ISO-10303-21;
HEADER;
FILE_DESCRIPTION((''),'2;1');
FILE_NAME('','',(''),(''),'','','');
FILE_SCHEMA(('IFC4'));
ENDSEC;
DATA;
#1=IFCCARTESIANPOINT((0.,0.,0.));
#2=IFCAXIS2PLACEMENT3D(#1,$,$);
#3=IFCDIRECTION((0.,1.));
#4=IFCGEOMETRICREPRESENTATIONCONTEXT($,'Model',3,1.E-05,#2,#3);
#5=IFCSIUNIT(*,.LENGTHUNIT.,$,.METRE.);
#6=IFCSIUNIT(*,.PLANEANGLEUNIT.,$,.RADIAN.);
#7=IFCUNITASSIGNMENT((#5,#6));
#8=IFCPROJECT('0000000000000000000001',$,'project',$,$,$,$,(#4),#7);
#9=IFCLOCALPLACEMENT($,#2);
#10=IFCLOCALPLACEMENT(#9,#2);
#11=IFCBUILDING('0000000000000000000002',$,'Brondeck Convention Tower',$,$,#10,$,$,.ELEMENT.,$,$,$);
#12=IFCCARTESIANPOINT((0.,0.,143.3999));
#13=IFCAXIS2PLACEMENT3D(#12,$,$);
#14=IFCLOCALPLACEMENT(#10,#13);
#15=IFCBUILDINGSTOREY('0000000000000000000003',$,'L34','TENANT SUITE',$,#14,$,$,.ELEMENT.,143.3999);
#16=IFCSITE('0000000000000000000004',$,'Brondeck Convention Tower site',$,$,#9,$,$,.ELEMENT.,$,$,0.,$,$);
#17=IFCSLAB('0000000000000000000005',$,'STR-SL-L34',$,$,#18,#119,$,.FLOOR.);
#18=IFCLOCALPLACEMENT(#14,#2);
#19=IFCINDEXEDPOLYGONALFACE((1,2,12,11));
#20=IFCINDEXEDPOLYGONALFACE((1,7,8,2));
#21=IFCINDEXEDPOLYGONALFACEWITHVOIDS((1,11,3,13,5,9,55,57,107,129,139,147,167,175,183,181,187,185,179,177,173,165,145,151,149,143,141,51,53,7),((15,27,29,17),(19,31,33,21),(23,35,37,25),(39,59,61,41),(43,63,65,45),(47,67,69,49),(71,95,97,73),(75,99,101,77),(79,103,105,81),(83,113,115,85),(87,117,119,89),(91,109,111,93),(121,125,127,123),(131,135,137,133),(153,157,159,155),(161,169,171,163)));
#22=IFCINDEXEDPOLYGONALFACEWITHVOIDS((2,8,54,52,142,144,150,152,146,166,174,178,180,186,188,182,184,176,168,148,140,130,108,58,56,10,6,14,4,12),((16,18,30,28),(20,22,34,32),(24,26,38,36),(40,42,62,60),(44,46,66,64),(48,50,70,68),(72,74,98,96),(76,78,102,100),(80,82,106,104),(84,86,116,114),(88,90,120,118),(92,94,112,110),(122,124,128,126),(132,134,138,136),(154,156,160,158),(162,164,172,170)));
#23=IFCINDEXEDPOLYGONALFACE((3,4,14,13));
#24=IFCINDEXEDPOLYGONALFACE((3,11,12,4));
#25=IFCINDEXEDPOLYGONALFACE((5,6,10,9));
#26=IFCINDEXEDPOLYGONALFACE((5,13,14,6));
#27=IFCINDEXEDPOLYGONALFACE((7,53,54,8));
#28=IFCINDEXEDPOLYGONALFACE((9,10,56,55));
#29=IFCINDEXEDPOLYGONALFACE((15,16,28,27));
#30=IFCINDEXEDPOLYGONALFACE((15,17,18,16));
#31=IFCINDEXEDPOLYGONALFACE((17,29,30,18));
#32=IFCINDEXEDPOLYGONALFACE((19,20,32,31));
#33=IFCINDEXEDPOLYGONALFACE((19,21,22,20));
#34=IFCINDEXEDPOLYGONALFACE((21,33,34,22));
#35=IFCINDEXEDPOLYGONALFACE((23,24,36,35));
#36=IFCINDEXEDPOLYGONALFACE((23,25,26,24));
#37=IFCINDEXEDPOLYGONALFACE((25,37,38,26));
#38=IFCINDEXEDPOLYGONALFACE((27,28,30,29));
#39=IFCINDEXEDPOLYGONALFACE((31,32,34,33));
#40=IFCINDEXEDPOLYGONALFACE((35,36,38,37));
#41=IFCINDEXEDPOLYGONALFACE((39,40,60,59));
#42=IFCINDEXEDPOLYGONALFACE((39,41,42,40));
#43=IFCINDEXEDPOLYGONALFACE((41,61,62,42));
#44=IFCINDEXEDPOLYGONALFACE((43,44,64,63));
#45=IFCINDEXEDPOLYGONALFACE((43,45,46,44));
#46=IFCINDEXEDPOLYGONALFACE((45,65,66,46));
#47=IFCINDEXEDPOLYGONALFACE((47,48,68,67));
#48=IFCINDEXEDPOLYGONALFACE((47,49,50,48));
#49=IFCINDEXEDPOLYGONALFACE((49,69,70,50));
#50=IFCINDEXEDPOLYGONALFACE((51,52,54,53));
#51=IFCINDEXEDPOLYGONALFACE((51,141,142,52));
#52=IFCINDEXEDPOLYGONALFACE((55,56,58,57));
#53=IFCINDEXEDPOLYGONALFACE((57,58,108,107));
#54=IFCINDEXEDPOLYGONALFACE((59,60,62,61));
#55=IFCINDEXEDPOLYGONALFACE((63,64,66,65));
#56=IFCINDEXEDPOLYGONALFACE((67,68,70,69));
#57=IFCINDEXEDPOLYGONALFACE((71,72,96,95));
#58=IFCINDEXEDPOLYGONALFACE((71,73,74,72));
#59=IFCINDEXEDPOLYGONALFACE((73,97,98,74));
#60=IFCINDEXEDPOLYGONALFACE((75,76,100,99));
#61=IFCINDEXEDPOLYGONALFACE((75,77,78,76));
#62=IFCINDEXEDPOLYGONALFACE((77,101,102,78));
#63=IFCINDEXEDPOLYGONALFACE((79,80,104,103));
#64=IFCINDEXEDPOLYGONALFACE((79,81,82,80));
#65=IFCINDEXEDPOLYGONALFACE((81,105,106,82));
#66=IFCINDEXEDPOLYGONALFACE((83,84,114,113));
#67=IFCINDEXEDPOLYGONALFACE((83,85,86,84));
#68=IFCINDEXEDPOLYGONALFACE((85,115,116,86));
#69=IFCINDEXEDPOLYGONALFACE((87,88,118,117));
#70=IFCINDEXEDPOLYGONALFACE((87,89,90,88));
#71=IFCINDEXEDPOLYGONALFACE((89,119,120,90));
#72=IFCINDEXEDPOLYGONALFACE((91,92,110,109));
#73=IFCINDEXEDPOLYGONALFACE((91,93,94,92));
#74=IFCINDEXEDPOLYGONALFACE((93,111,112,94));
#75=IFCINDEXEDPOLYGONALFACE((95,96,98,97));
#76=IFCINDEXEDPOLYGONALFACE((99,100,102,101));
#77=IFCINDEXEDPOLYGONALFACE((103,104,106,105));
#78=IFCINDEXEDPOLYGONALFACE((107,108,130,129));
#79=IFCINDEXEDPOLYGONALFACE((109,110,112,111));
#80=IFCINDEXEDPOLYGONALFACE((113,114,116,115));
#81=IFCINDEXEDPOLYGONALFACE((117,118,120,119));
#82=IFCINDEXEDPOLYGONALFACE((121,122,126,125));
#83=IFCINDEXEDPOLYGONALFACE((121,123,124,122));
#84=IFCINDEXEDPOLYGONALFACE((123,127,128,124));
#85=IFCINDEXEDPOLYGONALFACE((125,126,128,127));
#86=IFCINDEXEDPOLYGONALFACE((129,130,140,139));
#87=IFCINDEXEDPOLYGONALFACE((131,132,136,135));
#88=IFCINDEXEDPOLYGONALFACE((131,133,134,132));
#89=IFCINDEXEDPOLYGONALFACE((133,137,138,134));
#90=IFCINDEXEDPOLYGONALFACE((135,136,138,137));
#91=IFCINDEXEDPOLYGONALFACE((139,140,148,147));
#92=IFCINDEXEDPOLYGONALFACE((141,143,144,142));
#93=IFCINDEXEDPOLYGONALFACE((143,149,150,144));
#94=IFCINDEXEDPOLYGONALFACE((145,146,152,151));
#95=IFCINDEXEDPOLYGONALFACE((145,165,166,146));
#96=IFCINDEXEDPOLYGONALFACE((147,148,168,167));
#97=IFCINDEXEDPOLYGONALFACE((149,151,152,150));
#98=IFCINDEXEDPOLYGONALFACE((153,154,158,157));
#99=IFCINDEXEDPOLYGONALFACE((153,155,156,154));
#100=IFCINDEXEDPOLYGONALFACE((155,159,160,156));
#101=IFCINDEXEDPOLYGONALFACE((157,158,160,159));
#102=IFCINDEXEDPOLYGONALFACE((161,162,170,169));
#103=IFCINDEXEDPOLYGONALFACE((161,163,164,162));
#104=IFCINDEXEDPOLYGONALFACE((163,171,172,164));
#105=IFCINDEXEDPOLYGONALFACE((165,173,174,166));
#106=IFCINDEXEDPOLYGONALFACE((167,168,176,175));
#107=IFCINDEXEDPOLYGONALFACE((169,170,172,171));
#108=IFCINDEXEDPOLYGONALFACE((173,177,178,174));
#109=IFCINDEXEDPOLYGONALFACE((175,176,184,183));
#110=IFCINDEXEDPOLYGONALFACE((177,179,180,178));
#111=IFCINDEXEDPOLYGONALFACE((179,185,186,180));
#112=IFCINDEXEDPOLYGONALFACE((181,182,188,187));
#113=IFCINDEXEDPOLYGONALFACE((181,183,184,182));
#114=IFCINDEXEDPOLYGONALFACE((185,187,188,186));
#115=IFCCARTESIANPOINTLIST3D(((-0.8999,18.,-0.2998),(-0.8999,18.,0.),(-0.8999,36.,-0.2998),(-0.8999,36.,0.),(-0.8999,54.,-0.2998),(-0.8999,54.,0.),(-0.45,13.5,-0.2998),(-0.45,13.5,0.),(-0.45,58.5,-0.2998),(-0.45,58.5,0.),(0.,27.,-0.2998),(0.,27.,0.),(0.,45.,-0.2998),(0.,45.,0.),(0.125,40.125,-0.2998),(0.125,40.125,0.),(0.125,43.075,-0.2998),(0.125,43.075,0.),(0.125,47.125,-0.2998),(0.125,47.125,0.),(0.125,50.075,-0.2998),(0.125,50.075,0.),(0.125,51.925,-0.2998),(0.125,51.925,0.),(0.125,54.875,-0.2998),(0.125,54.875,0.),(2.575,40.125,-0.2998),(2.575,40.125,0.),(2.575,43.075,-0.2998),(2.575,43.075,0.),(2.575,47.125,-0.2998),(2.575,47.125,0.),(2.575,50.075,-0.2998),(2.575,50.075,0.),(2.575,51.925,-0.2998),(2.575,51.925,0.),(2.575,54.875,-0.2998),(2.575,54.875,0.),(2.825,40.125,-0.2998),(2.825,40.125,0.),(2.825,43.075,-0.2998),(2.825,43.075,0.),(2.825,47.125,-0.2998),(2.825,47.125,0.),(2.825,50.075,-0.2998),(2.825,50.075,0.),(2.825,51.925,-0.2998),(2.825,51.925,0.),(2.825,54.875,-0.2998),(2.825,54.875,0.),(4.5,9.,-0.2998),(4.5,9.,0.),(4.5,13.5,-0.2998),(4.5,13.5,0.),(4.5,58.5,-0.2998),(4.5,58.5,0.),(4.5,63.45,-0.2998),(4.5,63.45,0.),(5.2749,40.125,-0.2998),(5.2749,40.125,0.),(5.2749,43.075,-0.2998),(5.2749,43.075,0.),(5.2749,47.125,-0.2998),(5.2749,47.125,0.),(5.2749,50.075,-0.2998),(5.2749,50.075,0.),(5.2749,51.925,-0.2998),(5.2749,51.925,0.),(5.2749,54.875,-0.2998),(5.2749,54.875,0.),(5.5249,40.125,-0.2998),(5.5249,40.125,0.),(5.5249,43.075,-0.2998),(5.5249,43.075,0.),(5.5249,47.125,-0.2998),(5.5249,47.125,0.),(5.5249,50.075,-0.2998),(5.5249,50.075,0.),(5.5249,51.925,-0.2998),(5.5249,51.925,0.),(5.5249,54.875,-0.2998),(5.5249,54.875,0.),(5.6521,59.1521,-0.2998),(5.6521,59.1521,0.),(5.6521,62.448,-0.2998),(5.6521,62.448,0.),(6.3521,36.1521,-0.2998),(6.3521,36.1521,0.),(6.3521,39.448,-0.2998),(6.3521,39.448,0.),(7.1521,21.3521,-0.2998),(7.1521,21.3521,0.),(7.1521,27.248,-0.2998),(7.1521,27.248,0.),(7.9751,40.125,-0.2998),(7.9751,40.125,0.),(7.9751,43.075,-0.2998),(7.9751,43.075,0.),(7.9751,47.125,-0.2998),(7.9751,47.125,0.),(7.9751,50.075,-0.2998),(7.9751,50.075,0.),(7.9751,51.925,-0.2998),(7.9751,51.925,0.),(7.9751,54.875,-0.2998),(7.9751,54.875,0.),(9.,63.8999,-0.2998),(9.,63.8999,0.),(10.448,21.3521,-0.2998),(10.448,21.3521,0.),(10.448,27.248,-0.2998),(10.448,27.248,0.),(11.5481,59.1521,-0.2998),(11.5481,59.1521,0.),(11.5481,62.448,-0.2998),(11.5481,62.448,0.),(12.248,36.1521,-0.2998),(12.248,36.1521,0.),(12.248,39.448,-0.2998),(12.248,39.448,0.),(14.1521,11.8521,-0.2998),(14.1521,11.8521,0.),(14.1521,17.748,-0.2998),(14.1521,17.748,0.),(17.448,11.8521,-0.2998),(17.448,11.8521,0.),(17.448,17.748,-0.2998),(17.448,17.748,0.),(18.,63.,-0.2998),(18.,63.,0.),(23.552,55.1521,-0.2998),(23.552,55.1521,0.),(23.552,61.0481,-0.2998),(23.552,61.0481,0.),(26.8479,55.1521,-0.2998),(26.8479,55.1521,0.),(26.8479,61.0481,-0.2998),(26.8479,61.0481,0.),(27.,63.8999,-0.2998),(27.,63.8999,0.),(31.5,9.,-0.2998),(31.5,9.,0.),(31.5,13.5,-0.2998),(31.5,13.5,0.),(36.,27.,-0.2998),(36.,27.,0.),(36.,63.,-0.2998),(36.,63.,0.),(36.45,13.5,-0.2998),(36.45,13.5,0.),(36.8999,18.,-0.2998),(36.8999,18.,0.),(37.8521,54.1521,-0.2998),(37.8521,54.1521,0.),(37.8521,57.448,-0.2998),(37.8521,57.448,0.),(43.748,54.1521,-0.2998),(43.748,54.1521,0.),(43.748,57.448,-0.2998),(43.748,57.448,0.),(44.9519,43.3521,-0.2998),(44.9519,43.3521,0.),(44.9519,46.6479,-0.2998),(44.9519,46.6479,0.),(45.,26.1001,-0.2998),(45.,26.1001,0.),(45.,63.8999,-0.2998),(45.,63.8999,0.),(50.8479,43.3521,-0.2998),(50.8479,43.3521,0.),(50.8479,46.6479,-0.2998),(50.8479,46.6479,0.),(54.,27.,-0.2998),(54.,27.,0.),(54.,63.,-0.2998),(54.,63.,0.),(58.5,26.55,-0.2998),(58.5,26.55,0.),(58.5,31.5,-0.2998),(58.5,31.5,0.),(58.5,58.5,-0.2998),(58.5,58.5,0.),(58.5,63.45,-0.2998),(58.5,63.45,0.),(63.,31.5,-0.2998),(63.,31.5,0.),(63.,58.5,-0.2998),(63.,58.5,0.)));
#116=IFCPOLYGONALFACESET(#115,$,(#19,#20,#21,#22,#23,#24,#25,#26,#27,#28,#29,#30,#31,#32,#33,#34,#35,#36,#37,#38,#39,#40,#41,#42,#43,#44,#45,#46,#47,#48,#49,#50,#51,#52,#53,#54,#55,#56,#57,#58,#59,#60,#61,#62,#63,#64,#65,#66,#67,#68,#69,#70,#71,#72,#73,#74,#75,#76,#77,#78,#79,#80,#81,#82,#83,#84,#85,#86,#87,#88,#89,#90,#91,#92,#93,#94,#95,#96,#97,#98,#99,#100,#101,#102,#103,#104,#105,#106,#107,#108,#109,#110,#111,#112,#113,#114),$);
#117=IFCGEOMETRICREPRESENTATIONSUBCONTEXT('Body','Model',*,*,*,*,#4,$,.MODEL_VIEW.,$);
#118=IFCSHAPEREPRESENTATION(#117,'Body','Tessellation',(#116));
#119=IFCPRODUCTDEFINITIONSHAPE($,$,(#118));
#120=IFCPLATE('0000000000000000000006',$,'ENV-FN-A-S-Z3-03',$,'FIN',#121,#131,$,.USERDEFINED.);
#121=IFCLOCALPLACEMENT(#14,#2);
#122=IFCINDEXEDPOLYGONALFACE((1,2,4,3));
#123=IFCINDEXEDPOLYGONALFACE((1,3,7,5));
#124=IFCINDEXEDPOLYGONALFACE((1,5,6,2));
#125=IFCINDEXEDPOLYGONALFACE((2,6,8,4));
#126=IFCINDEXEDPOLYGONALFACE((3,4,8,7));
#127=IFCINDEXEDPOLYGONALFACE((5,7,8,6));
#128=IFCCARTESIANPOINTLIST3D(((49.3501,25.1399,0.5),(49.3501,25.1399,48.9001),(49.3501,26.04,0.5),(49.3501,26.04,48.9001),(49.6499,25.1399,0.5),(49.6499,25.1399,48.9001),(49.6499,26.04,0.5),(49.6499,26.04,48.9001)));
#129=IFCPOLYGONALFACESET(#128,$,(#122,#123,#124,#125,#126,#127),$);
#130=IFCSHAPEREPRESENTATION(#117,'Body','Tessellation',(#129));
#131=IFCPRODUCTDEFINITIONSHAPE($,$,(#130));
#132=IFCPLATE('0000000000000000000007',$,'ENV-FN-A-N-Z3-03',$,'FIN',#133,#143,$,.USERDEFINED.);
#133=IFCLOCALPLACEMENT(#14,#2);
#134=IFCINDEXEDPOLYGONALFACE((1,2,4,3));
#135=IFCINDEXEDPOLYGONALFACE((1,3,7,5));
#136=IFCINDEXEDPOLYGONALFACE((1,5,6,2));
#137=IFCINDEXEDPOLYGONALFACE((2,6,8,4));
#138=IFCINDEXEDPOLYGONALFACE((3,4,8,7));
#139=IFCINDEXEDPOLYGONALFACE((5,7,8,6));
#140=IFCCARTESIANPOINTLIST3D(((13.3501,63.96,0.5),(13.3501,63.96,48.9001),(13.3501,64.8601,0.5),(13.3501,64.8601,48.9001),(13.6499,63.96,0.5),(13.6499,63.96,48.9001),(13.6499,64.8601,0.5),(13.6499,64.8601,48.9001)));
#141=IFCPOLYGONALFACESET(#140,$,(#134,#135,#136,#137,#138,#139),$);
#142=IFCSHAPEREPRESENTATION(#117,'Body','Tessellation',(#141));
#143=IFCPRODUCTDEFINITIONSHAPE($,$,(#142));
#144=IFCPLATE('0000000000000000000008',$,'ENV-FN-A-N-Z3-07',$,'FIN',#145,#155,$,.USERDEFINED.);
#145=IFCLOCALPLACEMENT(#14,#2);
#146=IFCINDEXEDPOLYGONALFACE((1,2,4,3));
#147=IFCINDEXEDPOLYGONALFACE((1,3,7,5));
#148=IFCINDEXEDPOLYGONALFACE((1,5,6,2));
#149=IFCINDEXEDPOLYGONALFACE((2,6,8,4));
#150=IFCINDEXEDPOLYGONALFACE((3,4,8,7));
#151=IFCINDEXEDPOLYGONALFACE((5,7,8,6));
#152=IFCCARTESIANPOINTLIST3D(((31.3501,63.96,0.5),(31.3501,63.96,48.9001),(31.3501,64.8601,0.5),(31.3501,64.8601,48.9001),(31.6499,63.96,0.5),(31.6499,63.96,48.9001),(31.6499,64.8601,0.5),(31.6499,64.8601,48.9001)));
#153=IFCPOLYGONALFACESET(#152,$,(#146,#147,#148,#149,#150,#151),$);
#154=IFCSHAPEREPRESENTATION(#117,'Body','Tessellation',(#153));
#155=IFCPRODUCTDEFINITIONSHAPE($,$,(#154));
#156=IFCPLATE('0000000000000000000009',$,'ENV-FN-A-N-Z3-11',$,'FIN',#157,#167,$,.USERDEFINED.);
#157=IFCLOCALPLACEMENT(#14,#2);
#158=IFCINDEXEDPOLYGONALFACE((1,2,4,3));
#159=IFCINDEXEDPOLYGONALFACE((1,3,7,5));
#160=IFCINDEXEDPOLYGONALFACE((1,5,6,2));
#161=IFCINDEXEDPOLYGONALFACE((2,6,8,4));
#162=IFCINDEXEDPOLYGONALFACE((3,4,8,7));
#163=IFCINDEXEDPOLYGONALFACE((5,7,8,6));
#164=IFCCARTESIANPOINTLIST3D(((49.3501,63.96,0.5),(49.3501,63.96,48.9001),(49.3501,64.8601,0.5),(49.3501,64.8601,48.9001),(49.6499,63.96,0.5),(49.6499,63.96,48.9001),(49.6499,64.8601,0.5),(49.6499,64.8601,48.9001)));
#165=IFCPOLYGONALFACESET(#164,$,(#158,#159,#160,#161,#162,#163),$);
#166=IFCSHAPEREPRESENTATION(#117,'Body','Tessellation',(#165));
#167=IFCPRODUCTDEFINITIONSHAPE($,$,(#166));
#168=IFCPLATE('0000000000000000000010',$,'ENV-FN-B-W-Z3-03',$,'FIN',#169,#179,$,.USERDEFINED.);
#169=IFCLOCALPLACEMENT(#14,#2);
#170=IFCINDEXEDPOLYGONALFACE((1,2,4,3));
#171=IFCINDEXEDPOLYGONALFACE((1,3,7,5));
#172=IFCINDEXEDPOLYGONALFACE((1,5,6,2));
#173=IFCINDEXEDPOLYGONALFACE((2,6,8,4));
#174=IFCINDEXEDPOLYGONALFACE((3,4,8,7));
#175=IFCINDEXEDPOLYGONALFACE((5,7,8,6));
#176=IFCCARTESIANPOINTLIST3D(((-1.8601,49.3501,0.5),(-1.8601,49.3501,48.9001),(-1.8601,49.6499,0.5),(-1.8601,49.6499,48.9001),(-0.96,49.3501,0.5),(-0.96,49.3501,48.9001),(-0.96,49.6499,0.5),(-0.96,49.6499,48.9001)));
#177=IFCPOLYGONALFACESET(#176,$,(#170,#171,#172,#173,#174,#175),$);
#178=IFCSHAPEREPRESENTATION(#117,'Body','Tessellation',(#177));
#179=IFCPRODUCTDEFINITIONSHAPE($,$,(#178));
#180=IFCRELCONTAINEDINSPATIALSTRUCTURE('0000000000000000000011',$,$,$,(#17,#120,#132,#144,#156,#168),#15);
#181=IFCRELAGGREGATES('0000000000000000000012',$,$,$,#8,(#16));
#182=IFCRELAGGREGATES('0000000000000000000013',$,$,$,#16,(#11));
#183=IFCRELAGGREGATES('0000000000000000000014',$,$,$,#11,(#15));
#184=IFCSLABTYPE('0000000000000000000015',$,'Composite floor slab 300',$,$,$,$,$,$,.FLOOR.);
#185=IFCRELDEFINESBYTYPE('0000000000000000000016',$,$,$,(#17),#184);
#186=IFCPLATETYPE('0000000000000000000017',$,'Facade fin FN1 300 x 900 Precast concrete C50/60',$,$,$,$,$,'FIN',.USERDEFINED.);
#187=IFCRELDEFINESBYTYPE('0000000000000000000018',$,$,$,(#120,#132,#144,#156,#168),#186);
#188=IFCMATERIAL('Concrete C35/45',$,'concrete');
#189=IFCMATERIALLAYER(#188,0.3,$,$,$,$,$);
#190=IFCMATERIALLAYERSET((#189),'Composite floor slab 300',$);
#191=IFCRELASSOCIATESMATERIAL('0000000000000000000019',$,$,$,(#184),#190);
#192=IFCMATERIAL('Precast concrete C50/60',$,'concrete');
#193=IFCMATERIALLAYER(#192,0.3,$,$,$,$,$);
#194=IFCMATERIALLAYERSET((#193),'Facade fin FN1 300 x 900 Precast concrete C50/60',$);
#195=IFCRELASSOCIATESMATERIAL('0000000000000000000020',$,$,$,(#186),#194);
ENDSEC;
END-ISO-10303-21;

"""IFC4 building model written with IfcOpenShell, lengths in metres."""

from ifc_helpers import new_model, si_unit, direction, frame, origin, place, context, subcontext, project, spatial, polyline, outline, extrude, material, layer, layer_set, type_object, element, save


model = new_model("IFC4")

# Units and contexts
model_context = context("Model", 3, precision=1e-05, world=origin(), true_north=direction((0.0, 1.0)))
body_context = subcontext(model_context, "Body", "Model", "MODEL_VIEW")
ifc_project = project(units=[si_unit("LENGTHUNIT", "METRE"), si_unit("PLANEANGLEUNIT", "RADIAN")], contexts=[model_context])

# Site, building, storey
site_placement = place(None, origin())
site = spatial("IfcSite", under=ifc_project, at=site_placement, Name="Brondeck Convention Tower site", CompositionType="ELEMENT", RefElevation=0.0)
building_placement = place(site_placement, origin())
building = spatial("IfcBuilding", under=site, at=building_placement, Name="Brondeck Convention Tower", CompositionType="ELEMENT")
storey_placement = place(building_placement, frame((0.0, 0.0, 143.3999)))
storey = spatial("IfcBuildingStorey", under=building, at=storey_placement, Name="L34", Description="TENANT SUITE", CompositionType="ELEMENT", Elevation=143.3999)

# Slab
ifc_material_1 = material(Name="Concrete C35/45", Category="concrete")
ifc_layer_1 = layer(ifc_material_1, 0.3)
ifc_layer_set_1 = layer_set([ifc_layer_1], Name="Composite floor slab 300")
slab_type_1 = type_object("IfcSlabType", Name="Composite floor slab 300", PredefinedType="FLOOR", material=ifc_layer_set_1)
slab_1_placement = place(storey_placement, frame((0.0, 0.0, -0.2998)))
element("IfcSlab", 1, at=slab_1_placement, inside=storey, type_object=slab_type_1, Name="STR-SL-L34", PredefinedType="FLOOR", context=body_context, shape_type="SweptSolid", body=[
    extrude(outline(polyline([(4.5, 13.5), (-0.45, 13.5), (-0.8999, 18.0), (0.0, 27.0), (-0.8999, 36.0), (0.0, 45.0), (-0.8999, 54.0), (-0.45, 58.5), (4.5, 58.5), (4.5, 63.45), (9.0, 63.8999), (18.0, 63.0), (27.0, 63.8999), (36.0, 63.0), (45.0, 63.8999), (54.0, 63.0), (58.5, 63.45), (58.5, 58.5), (63.0, 58.5), (63.0, 31.5), (58.5, 31.5), (58.5, 26.55), (54.0, 27.0), (45.0, 26.1001), (36.0, 27.0), (36.8999, 18.0), (36.45, 13.5), (31.5, 13.5), (31.5, 9.0), (4.5, 9.0), (4.5, 13.5)]), holes=[polyline([(2.575, 40.125), (2.575, 43.075), (0.125, 43.075), (0.125, 40.125), (2.575, 40.125)]), polyline([(5.2749, 40.125), (5.2749, 43.075), (2.825, 43.075), (2.825, 40.125), (5.2749, 40.125)]), polyline([(7.9751, 40.125), (7.9751, 43.075), (5.5249, 43.075), (5.5249, 40.125), (7.9751, 40.125)]), polyline([(2.575, 47.125), (2.575, 50.075), (0.125, 50.075), (0.125, 47.125), (2.575, 47.125)]), polyline([(5.2749, 47.125), (5.2749, 50.075), (2.825, 50.075), (2.825, 47.125), (5.2749, 47.125)]), polyline([(7.9751, 47.125), (7.9751, 50.075), (5.5249, 50.075), (5.5249, 47.125), (7.9751, 47.125)]), polyline([(2.575, 51.925), (2.575, 54.875), (0.125, 54.875), (0.125, 51.925), (2.575, 51.925)]), polyline([(5.2749, 51.925), (5.2749, 54.875), (2.825, 54.875), (2.825, 51.925), (5.2749, 51.925)]), polyline([(17.448, 17.748), (14.1521, 17.748), (14.1521, 11.8521), (17.448, 11.8521), (17.448, 17.748)]), polyline([(10.448, 27.248), (7.1521, 27.248), (7.1521, 21.3521), (10.448, 21.3521), (10.448, 27.248)]), polyline([(12.248, 36.1521), (12.248, 39.448), (6.3521, 39.448), (6.3521, 36.1521), (12.248, 36.1521)]), polyline([(50.8479, 43.3521), (50.8479, 46.6479), (44.9519, 46.6479), (44.9519, 43.3521), (50.8479, 43.3521)]), polyline([(7.9751, 51.925), (7.9751, 54.875), (5.5249, 54.875), (5.5249, 51.925), (7.9751, 51.925)]), polyline([(43.748, 54.1521), (43.748, 57.448), (37.8521, 57.448), (37.8521, 54.1521), (43.748, 54.1521)]), polyline([(23.552, 55.1521), (26.8479, 55.1521), (26.8479, 61.0481), (23.552, 61.0481), (23.552, 55.1521)]), polyline([(5.6521, 62.448), (5.6521, 59.1521), (11.5481, 59.1521), (11.5481, 62.448), (5.6521, 62.448)])]), origin(), (0.0, 0.0, 1.0), 0.2998),
])

# Plates
ifc_material_2 = material(Name="Precast concrete C50/60", Category="concrete")
ifc_layer_2 = layer(ifc_material_2, 0.3)
ifc_layer_set_2 = layer_set([ifc_layer_2], Name="Facade fin FN1 300 x 900 Precast concrete C50/60")
plate_type_1 = type_object("IfcPlateType", Name="Facade fin FN1 300 x 900 Precast concrete C50/60", ElementType="FIN", PredefinedType="USERDEFINED", material=ifc_layer_set_2)
plate_1_placement = place(storey_placement, frame((0.0, 0.0, 0.5)))
element("IfcPlate", 2, at=plate_1_placement, inside=storey, type_object=plate_type_1, Name="ENV-FN-A-S-Z3-03", ObjectType="FIN", PredefinedType="USERDEFINED", context=body_context, shape_type="SweptSolid", body=[
    extrude(outline(polyline([(49.6499, 25.1399), (49.6499, 26.04), (49.3501, 26.04), (49.3501, 25.1399), (49.6499, 25.1399)])), origin(), (0.0, 0.0, 1.0), 48.4001),
])
plate_2_placement = place(storey_placement, frame((0.0, 0.0, 0.5)))
element("IfcPlate", 3, at=plate_2_placement, inside=storey, type_object=plate_type_1, Name="ENV-FN-A-N-Z3-03", ObjectType="FIN", PredefinedType="USERDEFINED", context=body_context, shape_type="SweptSolid", body=[
    extrude(outline(polyline([(13.3501, 64.8601), (13.3501, 63.96), (13.6499, 63.96), (13.6499, 64.8601), (13.3501, 64.8601)])), origin(), (0.0, 0.0, 1.0), 48.4001),
])
plate_3_placement = place(storey_placement, frame((0.0, 0.0, 0.5)))
element("IfcPlate", 4, at=plate_3_placement, inside=storey, type_object=plate_type_1, Name="ENV-FN-A-N-Z3-07", ObjectType="FIN", PredefinedType="USERDEFINED", context=body_context, shape_type="SweptSolid", body=[
    extrude(outline(polyline([(31.3501, 64.8601), (31.3501, 63.96), (31.6499, 63.96), (31.6499, 64.8601), (31.3501, 64.8601)])), origin(), (0.0, 0.0, 1.0), 48.4001),
])
plate_4_placement = place(storey_placement, frame((0.0, 0.0, 0.5)))
element("IfcPlate", 5, at=plate_4_placement, inside=storey, type_object=plate_type_1, Name="ENV-FN-A-N-Z3-11", ObjectType="FIN", PredefinedType="USERDEFINED", context=body_context, shape_type="SweptSolid", body=[
    extrude(outline(polyline([(49.3501, 64.8601), (49.3501, 63.96), (49.6499, 63.96), (49.6499, 64.8601), (49.3501, 64.8601)])), origin(), (0.0, 0.0, 1.0), 48.4001),
])
plate_5_placement = place(storey_placement, frame((0.0, 0.0, 0.5)))
element("IfcPlate", 6, at=plate_5_placement, inside=storey, type_object=plate_type_1, Name="ENV-FN-B-W-Z3-03", ObjectType="FIN", PredefinedType="USERDEFINED", context=body_context, shape_type="SweptSolid", body=[
    extrude(outline(polyline([(-1.8601, 49.3501), (-0.96, 49.3501), (-0.96, 49.6499), (-1.8601, 49.6499), (-1.8601, 49.3501)])), origin(), (0.0, 0.0, 1.0), 48.4001),
])

save(model, "model.ifc")
